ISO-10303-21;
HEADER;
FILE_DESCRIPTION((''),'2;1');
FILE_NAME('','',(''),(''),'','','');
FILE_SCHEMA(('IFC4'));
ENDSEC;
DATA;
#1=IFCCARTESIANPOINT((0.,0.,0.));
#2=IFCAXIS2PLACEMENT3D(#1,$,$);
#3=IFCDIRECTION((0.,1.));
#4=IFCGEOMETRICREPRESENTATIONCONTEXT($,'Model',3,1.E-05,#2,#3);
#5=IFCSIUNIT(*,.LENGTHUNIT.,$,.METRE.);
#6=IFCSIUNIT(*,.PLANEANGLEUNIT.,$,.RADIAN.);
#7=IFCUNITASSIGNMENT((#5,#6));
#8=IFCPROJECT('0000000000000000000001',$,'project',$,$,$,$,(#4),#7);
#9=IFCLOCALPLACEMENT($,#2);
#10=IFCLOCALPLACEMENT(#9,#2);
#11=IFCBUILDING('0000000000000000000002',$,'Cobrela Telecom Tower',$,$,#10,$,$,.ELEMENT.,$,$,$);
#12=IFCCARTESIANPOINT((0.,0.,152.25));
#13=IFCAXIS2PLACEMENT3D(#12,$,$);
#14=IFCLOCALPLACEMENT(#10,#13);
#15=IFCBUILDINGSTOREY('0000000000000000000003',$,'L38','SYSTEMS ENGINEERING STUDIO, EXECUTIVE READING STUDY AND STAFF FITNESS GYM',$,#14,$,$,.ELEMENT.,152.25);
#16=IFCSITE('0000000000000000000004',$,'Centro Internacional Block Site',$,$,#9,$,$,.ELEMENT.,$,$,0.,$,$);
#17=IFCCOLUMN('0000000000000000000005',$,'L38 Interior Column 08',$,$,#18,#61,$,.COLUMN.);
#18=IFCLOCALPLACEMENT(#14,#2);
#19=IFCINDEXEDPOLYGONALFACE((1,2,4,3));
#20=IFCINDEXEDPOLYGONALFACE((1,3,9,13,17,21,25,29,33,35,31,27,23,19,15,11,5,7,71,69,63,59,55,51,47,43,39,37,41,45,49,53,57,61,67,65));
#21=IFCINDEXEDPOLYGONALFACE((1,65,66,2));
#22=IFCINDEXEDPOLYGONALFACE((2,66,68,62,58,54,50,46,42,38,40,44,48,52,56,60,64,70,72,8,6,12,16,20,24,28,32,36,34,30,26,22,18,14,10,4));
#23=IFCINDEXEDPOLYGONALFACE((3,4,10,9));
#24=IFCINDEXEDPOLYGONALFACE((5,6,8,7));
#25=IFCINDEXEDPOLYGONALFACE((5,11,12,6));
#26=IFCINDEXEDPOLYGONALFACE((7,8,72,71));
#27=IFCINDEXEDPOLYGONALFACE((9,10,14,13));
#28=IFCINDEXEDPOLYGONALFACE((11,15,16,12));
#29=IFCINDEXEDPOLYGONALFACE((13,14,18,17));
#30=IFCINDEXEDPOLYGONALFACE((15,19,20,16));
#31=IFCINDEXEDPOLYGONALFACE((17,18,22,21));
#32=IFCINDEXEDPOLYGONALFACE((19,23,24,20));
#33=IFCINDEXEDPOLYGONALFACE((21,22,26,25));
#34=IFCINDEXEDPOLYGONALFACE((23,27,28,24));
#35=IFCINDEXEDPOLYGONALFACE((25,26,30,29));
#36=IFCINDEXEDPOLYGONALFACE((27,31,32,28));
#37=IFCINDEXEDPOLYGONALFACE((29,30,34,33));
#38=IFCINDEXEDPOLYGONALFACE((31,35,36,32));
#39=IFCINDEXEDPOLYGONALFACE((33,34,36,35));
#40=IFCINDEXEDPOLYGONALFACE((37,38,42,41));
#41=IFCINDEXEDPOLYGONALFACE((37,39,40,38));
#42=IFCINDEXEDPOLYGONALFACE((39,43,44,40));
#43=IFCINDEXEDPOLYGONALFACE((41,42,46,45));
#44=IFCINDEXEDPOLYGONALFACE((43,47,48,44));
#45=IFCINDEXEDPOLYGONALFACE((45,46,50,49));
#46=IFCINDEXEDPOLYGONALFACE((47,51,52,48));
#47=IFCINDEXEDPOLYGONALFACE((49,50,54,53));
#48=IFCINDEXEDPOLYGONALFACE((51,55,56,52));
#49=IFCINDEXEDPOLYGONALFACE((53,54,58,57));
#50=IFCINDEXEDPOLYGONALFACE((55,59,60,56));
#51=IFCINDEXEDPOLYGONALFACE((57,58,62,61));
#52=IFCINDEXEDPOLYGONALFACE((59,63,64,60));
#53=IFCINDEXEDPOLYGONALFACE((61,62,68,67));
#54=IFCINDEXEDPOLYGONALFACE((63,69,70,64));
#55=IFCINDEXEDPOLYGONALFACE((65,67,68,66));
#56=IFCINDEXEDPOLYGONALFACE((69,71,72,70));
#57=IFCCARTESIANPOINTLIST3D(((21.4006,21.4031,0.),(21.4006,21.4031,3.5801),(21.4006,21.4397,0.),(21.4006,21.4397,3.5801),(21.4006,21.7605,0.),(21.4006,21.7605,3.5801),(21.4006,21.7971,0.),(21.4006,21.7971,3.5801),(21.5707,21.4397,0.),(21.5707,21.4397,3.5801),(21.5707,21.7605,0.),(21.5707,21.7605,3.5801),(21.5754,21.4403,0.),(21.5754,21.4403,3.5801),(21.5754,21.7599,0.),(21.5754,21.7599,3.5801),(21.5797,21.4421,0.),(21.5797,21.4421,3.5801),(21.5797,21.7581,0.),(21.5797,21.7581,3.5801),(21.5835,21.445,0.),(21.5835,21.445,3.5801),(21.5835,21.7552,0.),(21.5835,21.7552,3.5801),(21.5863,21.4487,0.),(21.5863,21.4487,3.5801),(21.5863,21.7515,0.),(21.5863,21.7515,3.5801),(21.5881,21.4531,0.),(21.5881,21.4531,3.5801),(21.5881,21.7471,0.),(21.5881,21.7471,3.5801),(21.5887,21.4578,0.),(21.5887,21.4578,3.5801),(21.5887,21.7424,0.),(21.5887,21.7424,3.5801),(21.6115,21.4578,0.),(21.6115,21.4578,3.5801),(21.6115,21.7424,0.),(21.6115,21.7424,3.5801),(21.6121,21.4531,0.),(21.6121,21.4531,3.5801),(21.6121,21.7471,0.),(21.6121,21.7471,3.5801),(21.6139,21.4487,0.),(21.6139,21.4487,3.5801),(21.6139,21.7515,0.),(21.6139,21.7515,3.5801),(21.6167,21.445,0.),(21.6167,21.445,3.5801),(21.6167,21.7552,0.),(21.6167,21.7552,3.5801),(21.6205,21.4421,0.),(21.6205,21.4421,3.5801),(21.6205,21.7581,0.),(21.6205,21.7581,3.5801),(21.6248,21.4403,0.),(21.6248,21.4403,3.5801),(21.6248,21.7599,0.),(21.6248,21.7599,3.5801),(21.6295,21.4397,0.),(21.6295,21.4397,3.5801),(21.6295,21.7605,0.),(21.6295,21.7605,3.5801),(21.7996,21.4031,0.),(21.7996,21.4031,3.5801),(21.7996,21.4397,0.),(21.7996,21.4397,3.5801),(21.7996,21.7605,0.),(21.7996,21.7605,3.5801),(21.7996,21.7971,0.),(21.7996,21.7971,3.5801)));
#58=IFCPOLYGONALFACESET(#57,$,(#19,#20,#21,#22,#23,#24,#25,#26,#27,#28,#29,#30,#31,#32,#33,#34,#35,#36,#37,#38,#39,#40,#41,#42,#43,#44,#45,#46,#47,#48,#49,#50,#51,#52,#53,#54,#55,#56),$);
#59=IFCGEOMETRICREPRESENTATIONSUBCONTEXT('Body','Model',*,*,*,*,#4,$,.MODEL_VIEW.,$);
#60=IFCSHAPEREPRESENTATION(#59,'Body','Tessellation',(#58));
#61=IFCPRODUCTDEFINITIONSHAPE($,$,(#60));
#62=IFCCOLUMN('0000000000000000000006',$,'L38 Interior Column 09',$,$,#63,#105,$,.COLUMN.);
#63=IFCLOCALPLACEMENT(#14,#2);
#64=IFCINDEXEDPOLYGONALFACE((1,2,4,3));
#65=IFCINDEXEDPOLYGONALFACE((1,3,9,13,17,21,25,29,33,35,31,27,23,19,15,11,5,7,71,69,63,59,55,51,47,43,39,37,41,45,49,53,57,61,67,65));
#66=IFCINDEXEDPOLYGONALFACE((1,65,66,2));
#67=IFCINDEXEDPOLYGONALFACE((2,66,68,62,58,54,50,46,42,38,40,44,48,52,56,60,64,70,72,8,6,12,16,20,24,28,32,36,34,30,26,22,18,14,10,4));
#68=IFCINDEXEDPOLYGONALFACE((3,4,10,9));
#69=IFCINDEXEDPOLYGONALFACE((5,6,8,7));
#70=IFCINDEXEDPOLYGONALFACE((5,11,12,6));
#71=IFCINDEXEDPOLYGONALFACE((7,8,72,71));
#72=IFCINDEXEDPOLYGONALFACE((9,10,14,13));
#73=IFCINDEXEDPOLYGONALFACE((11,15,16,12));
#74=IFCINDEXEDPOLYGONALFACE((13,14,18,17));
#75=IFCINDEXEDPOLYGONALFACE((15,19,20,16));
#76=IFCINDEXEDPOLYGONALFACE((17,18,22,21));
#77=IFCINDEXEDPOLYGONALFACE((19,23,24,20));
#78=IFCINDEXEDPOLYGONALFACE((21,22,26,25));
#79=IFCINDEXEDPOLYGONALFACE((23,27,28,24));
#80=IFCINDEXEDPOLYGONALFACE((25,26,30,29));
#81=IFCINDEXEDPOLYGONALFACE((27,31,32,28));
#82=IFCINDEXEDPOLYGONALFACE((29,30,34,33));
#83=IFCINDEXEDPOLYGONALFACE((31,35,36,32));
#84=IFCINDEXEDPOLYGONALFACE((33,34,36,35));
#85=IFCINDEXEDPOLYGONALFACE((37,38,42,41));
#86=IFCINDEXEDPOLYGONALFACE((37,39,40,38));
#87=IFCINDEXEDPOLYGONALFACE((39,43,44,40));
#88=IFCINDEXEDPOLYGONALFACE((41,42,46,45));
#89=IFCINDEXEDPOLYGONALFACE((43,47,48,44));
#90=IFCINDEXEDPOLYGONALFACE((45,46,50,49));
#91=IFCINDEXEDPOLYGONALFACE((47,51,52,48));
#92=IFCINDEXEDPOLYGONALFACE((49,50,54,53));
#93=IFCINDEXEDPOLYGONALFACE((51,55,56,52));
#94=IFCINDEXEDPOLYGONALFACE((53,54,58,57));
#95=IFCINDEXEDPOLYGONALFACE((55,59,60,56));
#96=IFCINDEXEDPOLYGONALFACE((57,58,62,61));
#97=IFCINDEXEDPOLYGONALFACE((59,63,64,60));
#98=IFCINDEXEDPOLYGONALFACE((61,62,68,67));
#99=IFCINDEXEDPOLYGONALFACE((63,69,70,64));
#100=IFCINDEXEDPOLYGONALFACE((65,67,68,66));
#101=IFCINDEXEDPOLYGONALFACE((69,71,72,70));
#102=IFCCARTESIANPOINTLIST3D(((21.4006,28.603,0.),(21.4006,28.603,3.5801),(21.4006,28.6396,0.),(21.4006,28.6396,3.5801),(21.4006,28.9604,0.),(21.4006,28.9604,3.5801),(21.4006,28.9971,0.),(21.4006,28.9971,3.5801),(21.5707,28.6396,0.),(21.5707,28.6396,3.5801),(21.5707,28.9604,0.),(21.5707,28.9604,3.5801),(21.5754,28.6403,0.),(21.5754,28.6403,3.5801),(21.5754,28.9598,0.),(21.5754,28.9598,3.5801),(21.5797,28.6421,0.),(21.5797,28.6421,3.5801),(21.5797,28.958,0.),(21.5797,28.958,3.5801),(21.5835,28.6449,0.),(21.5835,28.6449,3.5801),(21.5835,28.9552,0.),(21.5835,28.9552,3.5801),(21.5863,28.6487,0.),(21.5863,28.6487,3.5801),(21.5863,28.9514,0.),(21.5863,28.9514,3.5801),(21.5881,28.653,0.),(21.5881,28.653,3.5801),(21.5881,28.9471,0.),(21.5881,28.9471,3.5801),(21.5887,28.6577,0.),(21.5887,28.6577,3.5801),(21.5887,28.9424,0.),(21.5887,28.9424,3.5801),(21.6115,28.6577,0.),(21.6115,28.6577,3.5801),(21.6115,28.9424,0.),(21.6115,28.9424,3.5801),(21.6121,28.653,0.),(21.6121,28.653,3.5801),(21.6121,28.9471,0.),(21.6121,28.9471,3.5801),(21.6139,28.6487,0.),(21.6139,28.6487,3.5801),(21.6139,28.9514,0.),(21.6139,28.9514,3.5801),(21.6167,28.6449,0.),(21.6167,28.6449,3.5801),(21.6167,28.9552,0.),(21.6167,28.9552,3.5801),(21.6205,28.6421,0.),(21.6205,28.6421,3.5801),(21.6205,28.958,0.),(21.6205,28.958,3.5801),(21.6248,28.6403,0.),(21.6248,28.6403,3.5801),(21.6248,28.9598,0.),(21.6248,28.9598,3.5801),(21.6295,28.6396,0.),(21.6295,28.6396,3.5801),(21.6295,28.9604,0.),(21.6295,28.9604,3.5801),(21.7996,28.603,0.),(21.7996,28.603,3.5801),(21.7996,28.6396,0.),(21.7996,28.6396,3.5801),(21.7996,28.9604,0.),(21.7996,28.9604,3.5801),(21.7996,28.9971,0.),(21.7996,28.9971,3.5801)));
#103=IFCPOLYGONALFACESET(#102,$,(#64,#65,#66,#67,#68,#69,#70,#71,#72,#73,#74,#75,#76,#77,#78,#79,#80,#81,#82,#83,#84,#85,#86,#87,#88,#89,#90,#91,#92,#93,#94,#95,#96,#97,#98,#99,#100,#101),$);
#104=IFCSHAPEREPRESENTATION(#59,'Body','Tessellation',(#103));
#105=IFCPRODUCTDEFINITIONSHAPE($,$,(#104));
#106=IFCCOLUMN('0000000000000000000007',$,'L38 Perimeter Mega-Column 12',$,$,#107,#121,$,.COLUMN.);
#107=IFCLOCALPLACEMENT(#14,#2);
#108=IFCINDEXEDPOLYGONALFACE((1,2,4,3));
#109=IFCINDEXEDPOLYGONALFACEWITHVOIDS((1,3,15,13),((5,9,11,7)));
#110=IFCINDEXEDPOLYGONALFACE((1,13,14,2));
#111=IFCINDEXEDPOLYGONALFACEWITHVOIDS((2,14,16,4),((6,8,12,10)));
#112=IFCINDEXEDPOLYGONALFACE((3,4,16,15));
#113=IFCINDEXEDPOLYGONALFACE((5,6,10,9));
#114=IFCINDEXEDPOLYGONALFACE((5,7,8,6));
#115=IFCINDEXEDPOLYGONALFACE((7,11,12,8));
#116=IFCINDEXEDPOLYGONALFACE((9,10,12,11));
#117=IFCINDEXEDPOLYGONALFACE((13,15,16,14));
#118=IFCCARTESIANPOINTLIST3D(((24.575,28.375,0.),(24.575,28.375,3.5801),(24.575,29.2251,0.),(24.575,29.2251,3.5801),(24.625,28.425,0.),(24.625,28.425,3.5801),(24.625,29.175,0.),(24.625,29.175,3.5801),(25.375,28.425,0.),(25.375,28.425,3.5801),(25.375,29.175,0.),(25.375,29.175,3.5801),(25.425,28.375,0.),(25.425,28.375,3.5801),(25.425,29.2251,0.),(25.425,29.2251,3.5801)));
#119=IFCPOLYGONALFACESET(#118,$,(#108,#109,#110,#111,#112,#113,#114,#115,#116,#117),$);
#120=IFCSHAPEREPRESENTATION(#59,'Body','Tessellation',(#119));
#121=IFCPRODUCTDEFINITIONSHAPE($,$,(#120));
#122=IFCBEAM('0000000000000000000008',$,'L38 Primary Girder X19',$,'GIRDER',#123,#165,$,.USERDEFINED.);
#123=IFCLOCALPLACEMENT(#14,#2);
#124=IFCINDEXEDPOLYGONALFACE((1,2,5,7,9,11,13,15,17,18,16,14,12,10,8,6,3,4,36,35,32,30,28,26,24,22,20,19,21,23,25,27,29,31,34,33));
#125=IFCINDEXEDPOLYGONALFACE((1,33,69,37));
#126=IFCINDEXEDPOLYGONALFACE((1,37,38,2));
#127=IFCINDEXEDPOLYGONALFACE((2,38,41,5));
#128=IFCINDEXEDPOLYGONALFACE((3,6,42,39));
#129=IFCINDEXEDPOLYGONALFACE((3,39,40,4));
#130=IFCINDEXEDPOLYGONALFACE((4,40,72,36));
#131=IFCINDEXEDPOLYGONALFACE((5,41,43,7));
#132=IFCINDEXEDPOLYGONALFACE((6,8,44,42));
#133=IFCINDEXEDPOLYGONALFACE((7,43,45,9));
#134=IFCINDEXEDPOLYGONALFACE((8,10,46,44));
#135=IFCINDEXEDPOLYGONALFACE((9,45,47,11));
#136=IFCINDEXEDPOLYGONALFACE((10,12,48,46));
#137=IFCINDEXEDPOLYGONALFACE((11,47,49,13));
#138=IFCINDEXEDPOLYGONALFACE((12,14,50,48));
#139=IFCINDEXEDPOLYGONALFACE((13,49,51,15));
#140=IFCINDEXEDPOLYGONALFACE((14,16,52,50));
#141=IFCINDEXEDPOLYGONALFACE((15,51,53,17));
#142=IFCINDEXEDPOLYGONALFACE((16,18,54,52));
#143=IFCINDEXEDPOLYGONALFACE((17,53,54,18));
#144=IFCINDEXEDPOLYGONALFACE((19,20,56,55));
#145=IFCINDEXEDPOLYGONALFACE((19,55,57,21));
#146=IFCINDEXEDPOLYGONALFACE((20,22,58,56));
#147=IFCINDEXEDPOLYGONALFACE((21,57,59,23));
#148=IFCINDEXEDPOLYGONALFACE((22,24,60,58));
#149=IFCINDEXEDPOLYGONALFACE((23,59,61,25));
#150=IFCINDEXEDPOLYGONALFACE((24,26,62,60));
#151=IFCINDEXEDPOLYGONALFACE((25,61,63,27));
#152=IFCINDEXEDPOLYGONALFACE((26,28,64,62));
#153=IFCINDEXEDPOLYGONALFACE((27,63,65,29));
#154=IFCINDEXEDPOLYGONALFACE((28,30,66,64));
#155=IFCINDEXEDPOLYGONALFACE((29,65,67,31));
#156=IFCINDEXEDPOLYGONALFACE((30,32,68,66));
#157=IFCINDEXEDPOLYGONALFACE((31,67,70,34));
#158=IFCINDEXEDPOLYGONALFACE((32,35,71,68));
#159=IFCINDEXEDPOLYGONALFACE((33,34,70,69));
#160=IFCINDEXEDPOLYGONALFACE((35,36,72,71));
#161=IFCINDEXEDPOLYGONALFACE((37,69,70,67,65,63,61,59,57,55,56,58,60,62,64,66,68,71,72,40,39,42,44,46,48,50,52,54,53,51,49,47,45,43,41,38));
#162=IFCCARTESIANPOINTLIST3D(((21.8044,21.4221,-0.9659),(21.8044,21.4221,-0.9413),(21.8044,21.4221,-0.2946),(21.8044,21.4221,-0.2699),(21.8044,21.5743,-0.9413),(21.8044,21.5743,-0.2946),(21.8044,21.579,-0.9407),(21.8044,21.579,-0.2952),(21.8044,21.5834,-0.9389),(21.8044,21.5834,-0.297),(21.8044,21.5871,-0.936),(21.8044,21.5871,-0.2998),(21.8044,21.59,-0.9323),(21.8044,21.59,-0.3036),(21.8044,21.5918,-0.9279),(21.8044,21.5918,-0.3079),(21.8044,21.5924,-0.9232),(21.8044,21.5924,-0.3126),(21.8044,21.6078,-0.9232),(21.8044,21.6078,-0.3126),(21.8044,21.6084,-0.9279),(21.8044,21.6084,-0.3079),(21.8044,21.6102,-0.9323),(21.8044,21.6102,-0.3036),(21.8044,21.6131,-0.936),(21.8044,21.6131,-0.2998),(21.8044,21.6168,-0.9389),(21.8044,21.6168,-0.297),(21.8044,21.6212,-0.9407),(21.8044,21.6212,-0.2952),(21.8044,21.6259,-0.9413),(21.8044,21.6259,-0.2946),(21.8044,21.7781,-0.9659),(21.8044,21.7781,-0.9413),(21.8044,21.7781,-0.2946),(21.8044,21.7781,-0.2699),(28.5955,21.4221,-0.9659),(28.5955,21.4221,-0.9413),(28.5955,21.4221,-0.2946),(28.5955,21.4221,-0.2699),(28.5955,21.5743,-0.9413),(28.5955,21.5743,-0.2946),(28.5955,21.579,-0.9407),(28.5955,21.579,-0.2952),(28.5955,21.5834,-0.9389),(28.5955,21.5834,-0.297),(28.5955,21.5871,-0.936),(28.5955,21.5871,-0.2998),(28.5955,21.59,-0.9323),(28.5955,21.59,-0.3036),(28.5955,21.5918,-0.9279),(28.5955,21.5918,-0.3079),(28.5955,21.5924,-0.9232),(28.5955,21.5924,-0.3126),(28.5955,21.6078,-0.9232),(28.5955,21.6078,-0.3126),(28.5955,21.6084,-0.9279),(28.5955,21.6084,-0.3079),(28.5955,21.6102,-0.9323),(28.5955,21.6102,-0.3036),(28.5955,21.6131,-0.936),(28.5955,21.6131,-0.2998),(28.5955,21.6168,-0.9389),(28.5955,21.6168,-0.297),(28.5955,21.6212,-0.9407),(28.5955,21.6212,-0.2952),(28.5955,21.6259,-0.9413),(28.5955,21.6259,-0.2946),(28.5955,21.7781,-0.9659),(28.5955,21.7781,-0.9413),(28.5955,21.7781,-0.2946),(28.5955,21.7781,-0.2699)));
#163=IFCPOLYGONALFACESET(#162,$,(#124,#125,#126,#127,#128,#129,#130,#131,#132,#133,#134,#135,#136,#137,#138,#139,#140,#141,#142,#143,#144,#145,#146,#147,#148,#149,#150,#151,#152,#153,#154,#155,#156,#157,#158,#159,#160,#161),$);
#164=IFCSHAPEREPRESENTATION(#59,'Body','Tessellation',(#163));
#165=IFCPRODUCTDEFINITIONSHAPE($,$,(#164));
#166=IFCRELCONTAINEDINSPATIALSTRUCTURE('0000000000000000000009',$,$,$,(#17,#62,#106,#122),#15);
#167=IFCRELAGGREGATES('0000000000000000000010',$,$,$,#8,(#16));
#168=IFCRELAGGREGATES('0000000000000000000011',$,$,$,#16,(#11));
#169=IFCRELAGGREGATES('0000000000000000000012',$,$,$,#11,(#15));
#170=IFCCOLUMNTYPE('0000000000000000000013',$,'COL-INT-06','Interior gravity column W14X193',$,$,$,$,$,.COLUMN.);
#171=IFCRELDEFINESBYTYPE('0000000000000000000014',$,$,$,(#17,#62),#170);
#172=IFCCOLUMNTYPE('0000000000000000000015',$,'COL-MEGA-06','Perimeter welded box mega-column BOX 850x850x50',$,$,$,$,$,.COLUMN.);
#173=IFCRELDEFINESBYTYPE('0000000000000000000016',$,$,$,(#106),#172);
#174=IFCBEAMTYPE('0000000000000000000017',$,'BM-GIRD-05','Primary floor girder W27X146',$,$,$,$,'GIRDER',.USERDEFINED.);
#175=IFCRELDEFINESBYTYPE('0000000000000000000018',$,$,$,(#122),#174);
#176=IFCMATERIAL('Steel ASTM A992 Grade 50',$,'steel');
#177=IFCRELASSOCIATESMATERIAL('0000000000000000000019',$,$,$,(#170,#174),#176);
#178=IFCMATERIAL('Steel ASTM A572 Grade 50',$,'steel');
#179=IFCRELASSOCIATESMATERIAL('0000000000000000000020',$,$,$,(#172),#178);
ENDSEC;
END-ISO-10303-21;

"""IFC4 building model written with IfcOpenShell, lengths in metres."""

from ifc_helpers import new_model, si_unit, direction, frame, origin, origin_2d, place, context, subcontext, project, spatial, hollow_rectangle, i_section, extrude, material, material_profile, profile_set, type_object, element, save


model = new_model("IFC4")

# Units and contexts
model_context = context("Model", 3, precision=1e-05, world=origin(), true_north=direction((0.0, 1.0)))
body_context = subcontext(model_context, "Body", "Model", "MODEL_VIEW")
ifc_project = project(units=[si_unit("LENGTHUNIT", "METRE"), si_unit("PLANEANGLEUNIT", "RADIAN")], contexts=[model_context])

# Site, building, storey
site_placement = place(None, origin())
site = spatial("IfcSite", under=ifc_project, at=site_placement, Name="Centro Internacional Block Site", CompositionType="ELEMENT", RefElevation=0.0)
building_placement = place(site_placement, origin())
building = spatial("IfcBuilding", under=site, at=building_placement, Name="Cobrela Telecom Tower", CompositionType="ELEMENT")
storey_placement = place(building_placement, frame((0.0, 0.0, 152.25)))
storey = spatial("IfcBuildingStorey", under=building, at=storey_placement, Name="L38", Description="SYSTEMS ENGINEERING STUDIO, EXECUTIVE READING STUDY AND STAFF FITNESS GYM", CompositionType="ELEMENT", Elevation=152.25)

# Columns
ifc_material_1 = material(Name="Steel ASTM A992 Grade 50", Category="steel")
ifc_material_profile_1 = material_profile(ifc_material_1, i_section(OverallWidth=0.3989, OverallDepth=0.394, WebThickness=0.0227, FlangeThickness=0.0366, FilletRadius=0.0181, at=origin_2d()), Name="W14X193")
ifc_profile_set_1 = profile_set([ifc_material_profile_1], Name="Steel ASTM A992 Grade 50")
column_type_1 = type_object("IfcColumnType", Name="COL-INT-06", Description="Interior gravity column W14X193", PredefinedType="COLUMN", material=ifc_profile_set_1)
for number, where, z_axis, x_axis, name in (
    (1, (21.6001, 21.6001, 0.0), (0.0, 0.0, 1.0), (1.0, 0.0, 0.0), "L38 Interior Column 08"),
    (2, (21.6001, 28.8, 0.0), (0.0, 0.0, 1.0), (1.0, 0.0, 0.0), "L38 Interior Column 09"),
):
    element("IfcColumn", number, at=place(storey_placement, frame(where, z_axis=z_axis, x_axis=x_axis)), inside=storey, type_object=column_type_1, Name=name, PredefinedType="COLUMN", context=body_context, shape_type="SweptSolid", body=[
        extrude(i_section(OverallWidth=0.3989, OverallDepth=0.394, WebThickness=0.0227, FlangeThickness=0.0366, FilletRadius=0.0181, at=origin_2d()), origin(), (0.0, 0.0, 1.0), 3.5801),
    ])
ifc_material_2 = material(Name="Steel ASTM A572 Grade 50", Category="steel")
ifc_material_profile_2 = material_profile(ifc_material_2, hollow_rectangle(XDim=0.8501, YDim=0.8501, WallThickness=0.05, at=origin_2d()), Name="BOX 850x850x50")
ifc_profile_set_2 = profile_set([ifc_material_profile_2], Name="Steel ASTM A572 Grade 50")
column_type_2 = type_object("IfcColumnType", Name="COL-MEGA-06", Description="Perimeter welded box mega-column BOX 850x850x50", PredefinedType="COLUMN", material=ifc_profile_set_2)
column_placement = place(storey_placement, frame((25.0, 28.8, 0.0), z_axis=(0.0, 0.0, 1.0), x_axis=(1.0, 0.0, 0.0)))
element("IfcColumn", 3, at=column_placement, inside=storey, type_object=column_type_2, Name="L38 Perimeter Mega-Column 12", PredefinedType="COLUMN", context=body_context, shape_type="SweptSolid", body=[
    extrude(hollow_rectangle(XDim=0.8501, YDim=0.8501, WallThickness=0.05, at=origin_2d()), origin(), (0.0, 0.0, 1.0), 3.5801),
])

# Beam
ifc_material_profile_3 = material_profile(ifc_material_1, i_section(OverallWidth=0.356, OverallDepth=0.696, WebThickness=0.0154, FlangeThickness=0.0247, FilletRadius=0.0181, at=origin_2d()), Name="W27X146")
ifc_profile_set_3 = profile_set([ifc_material_profile_3], Name="Steel ASTM A992 Grade 50")
beam_type_1 = type_object("IfcBeamType", Name="BM-GIRD-05", Description="Primary floor girder W27X146", ElementType="GIRDER", PredefinedType="USERDEFINED", material=ifc_profile_set_3)
beam_1_placement = place(storey_placement, frame((21.8044, 21.6001, -0.6179), z_axis=(1.0, 0.0, 0.0), x_axis=(0.0, 1.0, 0.0)))
element("IfcBeam", 4, at=beam_1_placement, inside=storey, type_object=beam_type_1, Name="L38 Primary Girder X19", ObjectType="GIRDER", PredefinedType="USERDEFINED", context=body_context, shape_type="SweptSolid", body=[
    extrude(i_section(OverallWidth=0.356, OverallDepth=0.696, WebThickness=0.0154, FlangeThickness=0.0247, FilletRadius=0.0181, at=origin_2d()), origin(), (0.0, 0.0, 1.0), 6.791),
])

save(model, "model.ifc")
